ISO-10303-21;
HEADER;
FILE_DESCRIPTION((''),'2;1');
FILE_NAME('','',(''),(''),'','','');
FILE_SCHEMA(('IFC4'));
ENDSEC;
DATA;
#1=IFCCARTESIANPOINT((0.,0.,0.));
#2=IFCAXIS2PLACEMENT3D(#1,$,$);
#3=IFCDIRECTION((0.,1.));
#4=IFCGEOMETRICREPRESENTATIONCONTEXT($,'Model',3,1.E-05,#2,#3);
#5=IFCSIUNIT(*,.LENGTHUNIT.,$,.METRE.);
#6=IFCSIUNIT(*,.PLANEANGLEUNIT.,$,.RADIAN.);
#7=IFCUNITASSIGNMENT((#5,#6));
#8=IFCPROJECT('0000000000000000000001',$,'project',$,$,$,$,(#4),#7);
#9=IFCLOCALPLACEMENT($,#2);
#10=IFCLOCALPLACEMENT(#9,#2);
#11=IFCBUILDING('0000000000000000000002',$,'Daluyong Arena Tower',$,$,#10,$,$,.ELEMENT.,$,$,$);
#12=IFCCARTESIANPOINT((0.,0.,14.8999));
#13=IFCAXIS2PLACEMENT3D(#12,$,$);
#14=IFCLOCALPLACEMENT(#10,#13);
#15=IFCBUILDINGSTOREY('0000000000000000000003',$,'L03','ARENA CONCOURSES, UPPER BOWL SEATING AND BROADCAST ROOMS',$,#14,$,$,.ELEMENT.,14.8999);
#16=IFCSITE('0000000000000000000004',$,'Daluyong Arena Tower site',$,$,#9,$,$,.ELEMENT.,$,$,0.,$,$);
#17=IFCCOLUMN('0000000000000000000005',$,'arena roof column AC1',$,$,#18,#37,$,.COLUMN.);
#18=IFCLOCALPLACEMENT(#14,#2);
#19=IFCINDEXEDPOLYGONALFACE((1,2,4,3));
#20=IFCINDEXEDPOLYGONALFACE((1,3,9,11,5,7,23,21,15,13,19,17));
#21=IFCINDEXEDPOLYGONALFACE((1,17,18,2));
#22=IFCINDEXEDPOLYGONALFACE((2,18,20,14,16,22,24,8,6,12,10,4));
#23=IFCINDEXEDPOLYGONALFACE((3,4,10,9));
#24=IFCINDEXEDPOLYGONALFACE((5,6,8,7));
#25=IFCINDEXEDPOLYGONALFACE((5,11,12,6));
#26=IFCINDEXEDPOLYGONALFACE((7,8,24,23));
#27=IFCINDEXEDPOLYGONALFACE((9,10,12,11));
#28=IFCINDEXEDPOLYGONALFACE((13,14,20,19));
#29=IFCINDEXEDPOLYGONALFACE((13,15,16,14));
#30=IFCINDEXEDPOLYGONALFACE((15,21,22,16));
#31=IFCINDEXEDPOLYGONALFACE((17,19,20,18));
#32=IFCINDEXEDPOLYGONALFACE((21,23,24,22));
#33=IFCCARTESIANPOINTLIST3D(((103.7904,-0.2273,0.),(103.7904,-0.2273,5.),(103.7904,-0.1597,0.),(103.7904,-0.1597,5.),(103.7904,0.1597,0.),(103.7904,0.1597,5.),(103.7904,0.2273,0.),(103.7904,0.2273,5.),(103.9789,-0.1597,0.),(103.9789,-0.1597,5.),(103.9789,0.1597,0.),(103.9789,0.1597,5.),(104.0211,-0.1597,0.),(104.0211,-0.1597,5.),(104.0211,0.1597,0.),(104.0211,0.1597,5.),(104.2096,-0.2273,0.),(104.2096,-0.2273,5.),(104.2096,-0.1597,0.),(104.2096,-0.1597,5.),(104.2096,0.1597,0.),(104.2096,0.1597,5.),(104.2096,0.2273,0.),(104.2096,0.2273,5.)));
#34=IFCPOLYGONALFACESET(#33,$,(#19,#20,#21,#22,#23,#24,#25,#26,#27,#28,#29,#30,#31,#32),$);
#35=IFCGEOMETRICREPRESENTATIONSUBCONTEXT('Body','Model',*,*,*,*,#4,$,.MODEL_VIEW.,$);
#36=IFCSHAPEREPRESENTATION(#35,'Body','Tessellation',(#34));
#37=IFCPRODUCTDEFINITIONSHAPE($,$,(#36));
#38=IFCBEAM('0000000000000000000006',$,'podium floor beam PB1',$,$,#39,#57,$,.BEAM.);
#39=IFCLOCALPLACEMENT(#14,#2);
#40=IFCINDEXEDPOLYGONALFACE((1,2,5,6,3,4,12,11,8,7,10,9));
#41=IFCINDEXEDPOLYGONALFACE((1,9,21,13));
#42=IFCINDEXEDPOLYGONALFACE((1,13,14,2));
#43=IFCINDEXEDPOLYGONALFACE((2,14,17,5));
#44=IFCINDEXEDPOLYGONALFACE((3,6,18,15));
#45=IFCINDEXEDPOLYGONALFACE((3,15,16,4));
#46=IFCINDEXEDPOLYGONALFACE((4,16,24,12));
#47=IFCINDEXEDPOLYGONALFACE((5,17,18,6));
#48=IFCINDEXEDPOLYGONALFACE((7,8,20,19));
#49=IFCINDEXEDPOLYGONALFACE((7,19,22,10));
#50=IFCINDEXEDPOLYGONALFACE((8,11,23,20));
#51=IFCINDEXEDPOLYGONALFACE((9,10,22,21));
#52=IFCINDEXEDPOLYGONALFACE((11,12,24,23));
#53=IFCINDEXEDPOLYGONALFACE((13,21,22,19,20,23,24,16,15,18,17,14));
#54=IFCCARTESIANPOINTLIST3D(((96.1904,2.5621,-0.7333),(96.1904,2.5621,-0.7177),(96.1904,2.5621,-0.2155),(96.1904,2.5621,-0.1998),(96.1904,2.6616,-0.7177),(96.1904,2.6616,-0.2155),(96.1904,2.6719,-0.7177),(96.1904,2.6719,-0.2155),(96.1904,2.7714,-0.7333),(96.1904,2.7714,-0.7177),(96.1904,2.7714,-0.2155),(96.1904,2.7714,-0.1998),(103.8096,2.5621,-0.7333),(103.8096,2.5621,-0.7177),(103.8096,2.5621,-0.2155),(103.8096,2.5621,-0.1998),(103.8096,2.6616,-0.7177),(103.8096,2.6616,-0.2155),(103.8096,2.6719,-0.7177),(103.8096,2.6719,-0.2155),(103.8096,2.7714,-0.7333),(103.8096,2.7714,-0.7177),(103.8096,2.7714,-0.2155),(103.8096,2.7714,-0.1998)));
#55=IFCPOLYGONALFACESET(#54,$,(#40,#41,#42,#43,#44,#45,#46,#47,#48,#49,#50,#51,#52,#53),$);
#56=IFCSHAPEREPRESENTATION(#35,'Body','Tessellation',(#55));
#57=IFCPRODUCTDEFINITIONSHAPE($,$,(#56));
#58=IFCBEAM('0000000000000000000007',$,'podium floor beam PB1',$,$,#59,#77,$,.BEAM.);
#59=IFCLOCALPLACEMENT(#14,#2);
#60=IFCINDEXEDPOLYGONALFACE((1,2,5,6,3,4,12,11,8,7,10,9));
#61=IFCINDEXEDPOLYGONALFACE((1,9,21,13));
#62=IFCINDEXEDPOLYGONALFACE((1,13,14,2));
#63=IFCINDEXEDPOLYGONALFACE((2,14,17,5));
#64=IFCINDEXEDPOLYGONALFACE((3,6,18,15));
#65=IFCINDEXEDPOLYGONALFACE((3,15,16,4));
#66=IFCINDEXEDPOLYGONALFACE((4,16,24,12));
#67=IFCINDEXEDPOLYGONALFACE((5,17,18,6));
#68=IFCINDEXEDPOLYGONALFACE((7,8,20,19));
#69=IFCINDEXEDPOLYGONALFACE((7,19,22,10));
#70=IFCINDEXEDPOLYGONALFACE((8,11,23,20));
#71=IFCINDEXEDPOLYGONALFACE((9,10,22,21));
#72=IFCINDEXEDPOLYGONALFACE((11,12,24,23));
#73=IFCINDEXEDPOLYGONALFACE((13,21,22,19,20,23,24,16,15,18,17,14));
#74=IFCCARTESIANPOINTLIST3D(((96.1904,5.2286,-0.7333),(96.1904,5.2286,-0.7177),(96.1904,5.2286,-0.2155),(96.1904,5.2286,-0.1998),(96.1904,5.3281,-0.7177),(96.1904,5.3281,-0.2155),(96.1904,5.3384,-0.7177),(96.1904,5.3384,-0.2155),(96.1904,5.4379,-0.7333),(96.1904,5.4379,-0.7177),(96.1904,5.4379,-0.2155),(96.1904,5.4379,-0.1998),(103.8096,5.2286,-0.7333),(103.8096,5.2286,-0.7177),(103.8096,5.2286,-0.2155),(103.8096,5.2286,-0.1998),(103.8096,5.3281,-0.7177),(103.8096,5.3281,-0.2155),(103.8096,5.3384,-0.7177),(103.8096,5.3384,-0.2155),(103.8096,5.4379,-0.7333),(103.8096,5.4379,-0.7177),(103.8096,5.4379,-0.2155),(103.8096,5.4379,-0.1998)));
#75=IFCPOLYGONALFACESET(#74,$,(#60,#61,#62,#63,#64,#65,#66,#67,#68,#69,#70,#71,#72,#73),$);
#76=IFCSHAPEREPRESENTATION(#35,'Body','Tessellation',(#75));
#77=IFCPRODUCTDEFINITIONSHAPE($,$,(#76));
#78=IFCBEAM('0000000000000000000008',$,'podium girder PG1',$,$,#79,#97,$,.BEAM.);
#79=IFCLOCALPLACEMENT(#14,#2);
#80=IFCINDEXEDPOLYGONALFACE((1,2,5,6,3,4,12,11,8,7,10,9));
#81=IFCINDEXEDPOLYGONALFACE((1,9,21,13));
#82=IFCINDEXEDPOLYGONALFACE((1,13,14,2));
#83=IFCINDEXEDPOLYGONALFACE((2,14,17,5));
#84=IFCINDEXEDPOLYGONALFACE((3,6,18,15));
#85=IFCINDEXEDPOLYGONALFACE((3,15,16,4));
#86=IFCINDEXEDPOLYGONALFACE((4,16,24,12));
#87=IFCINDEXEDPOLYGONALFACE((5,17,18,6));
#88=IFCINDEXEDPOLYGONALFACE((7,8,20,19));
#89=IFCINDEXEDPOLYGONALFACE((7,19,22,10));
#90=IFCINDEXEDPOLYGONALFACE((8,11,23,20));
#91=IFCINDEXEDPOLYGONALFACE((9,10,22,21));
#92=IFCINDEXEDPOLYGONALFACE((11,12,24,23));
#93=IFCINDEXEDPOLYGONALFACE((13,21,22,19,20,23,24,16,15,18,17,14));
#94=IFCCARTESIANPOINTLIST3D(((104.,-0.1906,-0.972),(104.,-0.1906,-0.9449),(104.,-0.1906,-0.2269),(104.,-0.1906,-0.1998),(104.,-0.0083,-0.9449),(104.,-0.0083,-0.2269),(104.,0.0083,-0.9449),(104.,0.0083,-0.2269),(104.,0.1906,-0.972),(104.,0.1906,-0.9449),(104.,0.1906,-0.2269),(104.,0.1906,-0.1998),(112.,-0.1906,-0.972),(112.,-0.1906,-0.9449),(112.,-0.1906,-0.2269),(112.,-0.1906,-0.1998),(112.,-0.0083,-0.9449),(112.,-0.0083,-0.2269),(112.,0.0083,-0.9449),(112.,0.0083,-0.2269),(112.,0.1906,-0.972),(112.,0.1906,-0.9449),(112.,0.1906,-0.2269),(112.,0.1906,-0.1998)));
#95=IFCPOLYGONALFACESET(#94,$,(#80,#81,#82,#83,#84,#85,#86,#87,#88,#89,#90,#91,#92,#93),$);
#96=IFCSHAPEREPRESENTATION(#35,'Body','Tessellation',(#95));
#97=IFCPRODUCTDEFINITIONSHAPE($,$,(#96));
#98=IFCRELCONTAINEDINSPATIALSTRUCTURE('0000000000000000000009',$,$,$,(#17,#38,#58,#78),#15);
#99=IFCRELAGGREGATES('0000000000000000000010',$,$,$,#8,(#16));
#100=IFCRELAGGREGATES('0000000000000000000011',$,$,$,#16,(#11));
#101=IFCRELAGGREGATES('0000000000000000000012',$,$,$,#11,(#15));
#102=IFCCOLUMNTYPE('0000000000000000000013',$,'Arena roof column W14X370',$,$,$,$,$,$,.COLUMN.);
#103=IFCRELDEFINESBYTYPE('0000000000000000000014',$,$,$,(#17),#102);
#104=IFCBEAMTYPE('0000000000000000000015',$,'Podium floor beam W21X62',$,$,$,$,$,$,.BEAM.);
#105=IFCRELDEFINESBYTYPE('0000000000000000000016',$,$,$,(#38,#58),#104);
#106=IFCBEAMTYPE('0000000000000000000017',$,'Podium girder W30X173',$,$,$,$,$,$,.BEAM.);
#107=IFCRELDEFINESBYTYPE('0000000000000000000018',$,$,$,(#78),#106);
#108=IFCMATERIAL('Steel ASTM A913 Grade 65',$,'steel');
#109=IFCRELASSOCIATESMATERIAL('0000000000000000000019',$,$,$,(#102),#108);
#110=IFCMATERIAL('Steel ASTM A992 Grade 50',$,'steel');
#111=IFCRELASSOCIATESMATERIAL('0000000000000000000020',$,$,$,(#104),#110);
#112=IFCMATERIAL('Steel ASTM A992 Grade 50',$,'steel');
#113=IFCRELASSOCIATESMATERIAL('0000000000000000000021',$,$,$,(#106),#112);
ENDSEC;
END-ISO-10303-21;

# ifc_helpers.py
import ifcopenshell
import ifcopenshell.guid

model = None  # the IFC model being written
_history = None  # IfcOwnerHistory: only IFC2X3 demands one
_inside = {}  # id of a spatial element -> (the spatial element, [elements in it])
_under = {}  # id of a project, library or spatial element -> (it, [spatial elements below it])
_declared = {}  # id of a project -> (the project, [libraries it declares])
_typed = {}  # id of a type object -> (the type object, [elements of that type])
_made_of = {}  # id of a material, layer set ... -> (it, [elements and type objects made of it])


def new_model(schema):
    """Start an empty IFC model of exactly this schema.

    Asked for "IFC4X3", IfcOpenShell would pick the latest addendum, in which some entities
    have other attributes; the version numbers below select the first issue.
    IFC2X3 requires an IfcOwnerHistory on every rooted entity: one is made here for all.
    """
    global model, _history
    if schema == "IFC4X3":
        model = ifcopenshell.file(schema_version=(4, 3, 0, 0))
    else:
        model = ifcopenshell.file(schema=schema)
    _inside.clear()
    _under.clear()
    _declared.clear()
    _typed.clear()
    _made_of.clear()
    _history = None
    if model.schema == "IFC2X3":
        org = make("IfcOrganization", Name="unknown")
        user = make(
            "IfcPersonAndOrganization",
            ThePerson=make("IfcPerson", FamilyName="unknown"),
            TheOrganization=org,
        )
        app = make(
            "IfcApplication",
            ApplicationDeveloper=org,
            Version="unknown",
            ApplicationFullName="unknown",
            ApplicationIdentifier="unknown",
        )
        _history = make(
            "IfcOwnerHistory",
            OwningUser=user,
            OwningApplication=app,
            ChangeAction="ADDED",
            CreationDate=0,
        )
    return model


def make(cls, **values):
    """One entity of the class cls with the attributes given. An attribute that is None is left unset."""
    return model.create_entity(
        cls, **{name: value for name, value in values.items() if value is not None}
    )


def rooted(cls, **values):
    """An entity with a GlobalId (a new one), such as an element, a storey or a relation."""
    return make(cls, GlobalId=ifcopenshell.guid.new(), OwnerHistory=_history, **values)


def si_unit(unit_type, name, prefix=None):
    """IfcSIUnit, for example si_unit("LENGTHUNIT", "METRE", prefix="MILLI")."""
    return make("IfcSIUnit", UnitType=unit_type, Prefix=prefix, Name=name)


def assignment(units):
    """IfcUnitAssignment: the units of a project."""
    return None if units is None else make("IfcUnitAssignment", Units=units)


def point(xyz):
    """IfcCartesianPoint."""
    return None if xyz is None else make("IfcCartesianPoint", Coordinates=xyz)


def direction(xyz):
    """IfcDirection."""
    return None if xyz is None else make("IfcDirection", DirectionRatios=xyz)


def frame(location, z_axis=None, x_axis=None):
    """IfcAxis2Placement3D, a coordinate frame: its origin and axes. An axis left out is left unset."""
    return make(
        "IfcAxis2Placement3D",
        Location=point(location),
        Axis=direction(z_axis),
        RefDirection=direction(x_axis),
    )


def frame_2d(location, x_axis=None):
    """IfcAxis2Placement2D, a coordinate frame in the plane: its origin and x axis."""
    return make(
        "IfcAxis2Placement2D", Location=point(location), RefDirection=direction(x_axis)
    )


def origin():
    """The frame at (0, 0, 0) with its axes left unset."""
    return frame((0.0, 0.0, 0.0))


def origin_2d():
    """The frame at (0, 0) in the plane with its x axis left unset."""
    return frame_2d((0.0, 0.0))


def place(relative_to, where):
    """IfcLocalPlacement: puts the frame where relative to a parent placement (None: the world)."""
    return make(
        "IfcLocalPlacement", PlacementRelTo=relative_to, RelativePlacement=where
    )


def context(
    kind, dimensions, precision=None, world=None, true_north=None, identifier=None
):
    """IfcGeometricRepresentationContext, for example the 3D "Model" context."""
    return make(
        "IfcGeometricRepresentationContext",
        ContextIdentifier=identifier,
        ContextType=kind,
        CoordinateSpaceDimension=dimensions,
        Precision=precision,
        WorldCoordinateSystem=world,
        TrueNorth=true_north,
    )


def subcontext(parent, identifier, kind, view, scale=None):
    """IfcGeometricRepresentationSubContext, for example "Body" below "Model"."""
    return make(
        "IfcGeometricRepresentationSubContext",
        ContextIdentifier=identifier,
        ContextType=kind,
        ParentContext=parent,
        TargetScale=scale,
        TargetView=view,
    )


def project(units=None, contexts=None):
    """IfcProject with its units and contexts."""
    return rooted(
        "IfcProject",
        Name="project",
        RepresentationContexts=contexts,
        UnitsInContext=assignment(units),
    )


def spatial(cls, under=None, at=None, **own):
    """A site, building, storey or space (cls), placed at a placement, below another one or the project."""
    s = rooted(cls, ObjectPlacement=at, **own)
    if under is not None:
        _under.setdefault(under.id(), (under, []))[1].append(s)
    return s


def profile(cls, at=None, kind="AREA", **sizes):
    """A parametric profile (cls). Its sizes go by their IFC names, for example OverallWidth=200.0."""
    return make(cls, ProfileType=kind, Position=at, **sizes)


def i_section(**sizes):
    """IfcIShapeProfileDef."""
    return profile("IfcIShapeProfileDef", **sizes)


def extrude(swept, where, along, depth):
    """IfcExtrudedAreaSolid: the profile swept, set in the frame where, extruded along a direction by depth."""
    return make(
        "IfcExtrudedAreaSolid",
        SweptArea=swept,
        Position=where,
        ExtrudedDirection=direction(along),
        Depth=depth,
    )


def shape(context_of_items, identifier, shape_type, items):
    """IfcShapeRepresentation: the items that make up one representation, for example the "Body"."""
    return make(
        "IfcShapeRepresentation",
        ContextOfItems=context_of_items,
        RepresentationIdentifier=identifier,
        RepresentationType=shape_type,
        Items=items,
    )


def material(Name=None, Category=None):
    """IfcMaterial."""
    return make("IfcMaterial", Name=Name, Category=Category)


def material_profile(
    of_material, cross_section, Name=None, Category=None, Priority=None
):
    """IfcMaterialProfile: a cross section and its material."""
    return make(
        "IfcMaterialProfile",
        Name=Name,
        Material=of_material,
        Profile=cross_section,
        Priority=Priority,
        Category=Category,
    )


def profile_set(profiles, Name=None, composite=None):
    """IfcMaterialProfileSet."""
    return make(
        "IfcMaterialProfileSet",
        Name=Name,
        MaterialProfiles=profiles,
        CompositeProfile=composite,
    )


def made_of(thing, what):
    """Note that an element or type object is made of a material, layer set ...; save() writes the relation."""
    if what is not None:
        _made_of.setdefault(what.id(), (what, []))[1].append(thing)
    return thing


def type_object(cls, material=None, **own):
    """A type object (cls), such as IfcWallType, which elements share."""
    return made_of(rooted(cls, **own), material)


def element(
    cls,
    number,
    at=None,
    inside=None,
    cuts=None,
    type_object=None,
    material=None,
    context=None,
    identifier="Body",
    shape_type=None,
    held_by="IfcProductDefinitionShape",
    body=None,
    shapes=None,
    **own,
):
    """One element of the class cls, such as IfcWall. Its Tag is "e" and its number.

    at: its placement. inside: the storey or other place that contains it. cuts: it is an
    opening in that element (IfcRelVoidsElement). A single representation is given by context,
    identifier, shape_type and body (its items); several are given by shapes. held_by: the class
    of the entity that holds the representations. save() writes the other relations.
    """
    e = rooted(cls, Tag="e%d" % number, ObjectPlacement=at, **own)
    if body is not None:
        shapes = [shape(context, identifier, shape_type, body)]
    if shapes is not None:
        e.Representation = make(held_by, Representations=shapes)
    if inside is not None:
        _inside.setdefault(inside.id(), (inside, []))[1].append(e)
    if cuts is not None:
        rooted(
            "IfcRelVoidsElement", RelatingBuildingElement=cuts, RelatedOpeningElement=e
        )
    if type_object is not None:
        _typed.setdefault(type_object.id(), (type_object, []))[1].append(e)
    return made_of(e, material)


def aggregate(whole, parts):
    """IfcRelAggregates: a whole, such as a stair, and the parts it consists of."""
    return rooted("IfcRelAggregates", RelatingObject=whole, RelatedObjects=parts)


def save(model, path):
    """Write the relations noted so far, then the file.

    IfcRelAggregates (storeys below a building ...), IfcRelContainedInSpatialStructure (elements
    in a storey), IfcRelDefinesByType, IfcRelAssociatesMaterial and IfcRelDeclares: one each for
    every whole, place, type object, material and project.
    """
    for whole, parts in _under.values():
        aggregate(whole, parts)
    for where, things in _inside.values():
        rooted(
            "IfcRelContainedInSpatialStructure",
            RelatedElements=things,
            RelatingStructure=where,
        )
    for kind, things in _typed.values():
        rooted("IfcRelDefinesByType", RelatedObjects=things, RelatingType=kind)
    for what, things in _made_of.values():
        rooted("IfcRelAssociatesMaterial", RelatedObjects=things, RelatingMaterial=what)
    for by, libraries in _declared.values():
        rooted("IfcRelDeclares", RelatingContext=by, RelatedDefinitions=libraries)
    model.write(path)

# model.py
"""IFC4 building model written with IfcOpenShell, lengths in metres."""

from ifc_helpers import new_model, si_unit, direction, frame, origin, origin_2d, place, context, subcontext, project, spatial, i_section, extrude, material, material_profile, profile_set, type_object, element, save


model = new_model("IFC4")

# Units and contexts
model_context = context("Model", 3, precision=1e-05, world=origin(), true_north=direction((0.0, 1.0)))
body_context = subcontext(model_context, "Body", "Model", "MODEL_VIEW")
ifc_project = project(units=[si_unit("LENGTHUNIT", "METRE"), si_unit("PLANEANGLEUNIT", "RADIAN")], contexts=[model_context])

# Site, building, storey
site_placement = place(None, origin())
site = spatial("IfcSite", under=ifc_project, at=site_placement, Name="Daluyong Arena Tower site", CompositionType="ELEMENT", RefElevation=0.0)
building_placement = place(site_placement, origin())
building = spatial("IfcBuilding", under=site, at=building_placement, Name="Daluyong Arena Tower", CompositionType="ELEMENT")
storey_placement = place(building_placement, frame((0.0, 0.0, 14.8999)))
storey = spatial("IfcBuildingStorey", under=building, at=storey_placement, Name="L03", Description="ARENA CONCOURSES, UPPER BOWL SEATING AND BROADCAST ROOMS", CompositionType="ELEMENT", Elevation=14.8999)

# Column
ifc_material_1 = material(Name="Steel ASTM A913 Grade 65", Category="steel")
ifc_material_profile_1 = material_profile(ifc_material_1, i_section(OverallWidth=0.4192, OverallDepth=0.4546, WebThickness=0.0422, FlangeThickness=0.0676, at=origin_2d()))
ifc_profile_set_1 = profile_set([ifc_material_profile_1], Name="Steel ASTM A913 Grade 65")
column_type = type_object("IfcColumnType", Name="Arena roof column W14X370", PredefinedType="COLUMN", material=ifc_profile_set_1)
column_placement = place(storey_placement, frame((104.0, 0.0, 0.0), z_axis=(0.0, 0.0, 1.0), x_axis=(1.0, 0.0, 0.0)))
element("IfcColumn", 1, at=column_placement, inside=storey, type_object=column_type, Name="arena roof column AC1", PredefinedType="COLUMN", context=body_context, shape_type="SweptSolid", body=[
    extrude(i_section(OverallWidth=0.4192, OverallDepth=0.4546, WebThickness=0.0422, FlangeThickness=0.0676, at=origin_2d()), origin(), (0.0, 0.0, 1.0), 5.0),
])

# Beams
ifc_material_2 = material(Name="Steel ASTM A992 Grade 50", Category="steel")
ifc_material_profile_2 = material_profile(ifc_material_2, i_section(OverallWidth=0.2092, OverallDepth=0.5334, WebThickness=0.0103, FlangeThickness=0.0156, at=origin_2d()))
ifc_profile_set_2 = profile_set([ifc_material_profile_2], Name="Steel ASTM A992 Grade 50")
beam_type_1 = type_object("IfcBeamType", Name="Podium floor beam W21X62", PredefinedType="BEAM", material=ifc_profile_set_2)
for number, where, z_axis, x_axis, name in (
    (2, (96.1904, 2.6667, -0.4666), (1.0, 0.0, 0.0), (0.0, 1.0, 0.0), "podium floor beam PB1"),
    (3, (96.1904, 5.3333, -0.4666), (1.0, 0.0, 0.0), (0.0, 1.0, 0.0), "podium floor beam PB1"),
):
    element("IfcBeam", number, at=place(storey_placement, frame(where, z_axis=z_axis, x_axis=x_axis)), inside=storey, type_object=beam_type_1, Name=name, PredefinedType="BEAM", context=body_context, shape_type="SweptSolid", body=[
        extrude(i_section(OverallWidth=0.2092, OverallDepth=0.5334, WebThickness=0.0103, FlangeThickness=0.0156, at=origin_2d()), origin(), (0.0, 0.0, 1.0), 7.6191),
    ])
ifc_material_3 = material(Name="Steel ASTM A992 Grade 50", Category="steel")
ifc_material_profile_3 = material_profile(ifc_material_3, i_section(OverallWidth=0.3811, OverallDepth=0.7722, WebThickness=0.0166, FlangeThickness=0.0271, at=origin_2d()))
ifc_profile_set_3 = profile_set([ifc_material_profile_3], Name="Steel ASTM A992 Grade 50")
beam_type_2 = type_object("IfcBeamType", Name="Podium girder W30X173", PredefinedType="BEAM", material=ifc_profile_set_3)
beam_placement = place(storey_placement, frame((104.0, 0.0, -0.5859), z_axis=(1.0, 0.0, 0.0), x_axis=(0.0, 1.0, 0.0)))
element("IfcBeam", 4, at=beam_placement, inside=storey, type_object=beam_type_2, Name="podium girder PG1", PredefinedType="BEAM", context=body_context, shape_type="SweptSolid", body=[
    extrude(i_section(OverallWidth=0.3811, OverallDepth=0.7722, WebThickness=0.0166, FlangeThickness=0.0271, at=origin_2d()), origin(), (0.0, 0.0, 1.0), 8.0),
])

save(model, "model.ifc")
